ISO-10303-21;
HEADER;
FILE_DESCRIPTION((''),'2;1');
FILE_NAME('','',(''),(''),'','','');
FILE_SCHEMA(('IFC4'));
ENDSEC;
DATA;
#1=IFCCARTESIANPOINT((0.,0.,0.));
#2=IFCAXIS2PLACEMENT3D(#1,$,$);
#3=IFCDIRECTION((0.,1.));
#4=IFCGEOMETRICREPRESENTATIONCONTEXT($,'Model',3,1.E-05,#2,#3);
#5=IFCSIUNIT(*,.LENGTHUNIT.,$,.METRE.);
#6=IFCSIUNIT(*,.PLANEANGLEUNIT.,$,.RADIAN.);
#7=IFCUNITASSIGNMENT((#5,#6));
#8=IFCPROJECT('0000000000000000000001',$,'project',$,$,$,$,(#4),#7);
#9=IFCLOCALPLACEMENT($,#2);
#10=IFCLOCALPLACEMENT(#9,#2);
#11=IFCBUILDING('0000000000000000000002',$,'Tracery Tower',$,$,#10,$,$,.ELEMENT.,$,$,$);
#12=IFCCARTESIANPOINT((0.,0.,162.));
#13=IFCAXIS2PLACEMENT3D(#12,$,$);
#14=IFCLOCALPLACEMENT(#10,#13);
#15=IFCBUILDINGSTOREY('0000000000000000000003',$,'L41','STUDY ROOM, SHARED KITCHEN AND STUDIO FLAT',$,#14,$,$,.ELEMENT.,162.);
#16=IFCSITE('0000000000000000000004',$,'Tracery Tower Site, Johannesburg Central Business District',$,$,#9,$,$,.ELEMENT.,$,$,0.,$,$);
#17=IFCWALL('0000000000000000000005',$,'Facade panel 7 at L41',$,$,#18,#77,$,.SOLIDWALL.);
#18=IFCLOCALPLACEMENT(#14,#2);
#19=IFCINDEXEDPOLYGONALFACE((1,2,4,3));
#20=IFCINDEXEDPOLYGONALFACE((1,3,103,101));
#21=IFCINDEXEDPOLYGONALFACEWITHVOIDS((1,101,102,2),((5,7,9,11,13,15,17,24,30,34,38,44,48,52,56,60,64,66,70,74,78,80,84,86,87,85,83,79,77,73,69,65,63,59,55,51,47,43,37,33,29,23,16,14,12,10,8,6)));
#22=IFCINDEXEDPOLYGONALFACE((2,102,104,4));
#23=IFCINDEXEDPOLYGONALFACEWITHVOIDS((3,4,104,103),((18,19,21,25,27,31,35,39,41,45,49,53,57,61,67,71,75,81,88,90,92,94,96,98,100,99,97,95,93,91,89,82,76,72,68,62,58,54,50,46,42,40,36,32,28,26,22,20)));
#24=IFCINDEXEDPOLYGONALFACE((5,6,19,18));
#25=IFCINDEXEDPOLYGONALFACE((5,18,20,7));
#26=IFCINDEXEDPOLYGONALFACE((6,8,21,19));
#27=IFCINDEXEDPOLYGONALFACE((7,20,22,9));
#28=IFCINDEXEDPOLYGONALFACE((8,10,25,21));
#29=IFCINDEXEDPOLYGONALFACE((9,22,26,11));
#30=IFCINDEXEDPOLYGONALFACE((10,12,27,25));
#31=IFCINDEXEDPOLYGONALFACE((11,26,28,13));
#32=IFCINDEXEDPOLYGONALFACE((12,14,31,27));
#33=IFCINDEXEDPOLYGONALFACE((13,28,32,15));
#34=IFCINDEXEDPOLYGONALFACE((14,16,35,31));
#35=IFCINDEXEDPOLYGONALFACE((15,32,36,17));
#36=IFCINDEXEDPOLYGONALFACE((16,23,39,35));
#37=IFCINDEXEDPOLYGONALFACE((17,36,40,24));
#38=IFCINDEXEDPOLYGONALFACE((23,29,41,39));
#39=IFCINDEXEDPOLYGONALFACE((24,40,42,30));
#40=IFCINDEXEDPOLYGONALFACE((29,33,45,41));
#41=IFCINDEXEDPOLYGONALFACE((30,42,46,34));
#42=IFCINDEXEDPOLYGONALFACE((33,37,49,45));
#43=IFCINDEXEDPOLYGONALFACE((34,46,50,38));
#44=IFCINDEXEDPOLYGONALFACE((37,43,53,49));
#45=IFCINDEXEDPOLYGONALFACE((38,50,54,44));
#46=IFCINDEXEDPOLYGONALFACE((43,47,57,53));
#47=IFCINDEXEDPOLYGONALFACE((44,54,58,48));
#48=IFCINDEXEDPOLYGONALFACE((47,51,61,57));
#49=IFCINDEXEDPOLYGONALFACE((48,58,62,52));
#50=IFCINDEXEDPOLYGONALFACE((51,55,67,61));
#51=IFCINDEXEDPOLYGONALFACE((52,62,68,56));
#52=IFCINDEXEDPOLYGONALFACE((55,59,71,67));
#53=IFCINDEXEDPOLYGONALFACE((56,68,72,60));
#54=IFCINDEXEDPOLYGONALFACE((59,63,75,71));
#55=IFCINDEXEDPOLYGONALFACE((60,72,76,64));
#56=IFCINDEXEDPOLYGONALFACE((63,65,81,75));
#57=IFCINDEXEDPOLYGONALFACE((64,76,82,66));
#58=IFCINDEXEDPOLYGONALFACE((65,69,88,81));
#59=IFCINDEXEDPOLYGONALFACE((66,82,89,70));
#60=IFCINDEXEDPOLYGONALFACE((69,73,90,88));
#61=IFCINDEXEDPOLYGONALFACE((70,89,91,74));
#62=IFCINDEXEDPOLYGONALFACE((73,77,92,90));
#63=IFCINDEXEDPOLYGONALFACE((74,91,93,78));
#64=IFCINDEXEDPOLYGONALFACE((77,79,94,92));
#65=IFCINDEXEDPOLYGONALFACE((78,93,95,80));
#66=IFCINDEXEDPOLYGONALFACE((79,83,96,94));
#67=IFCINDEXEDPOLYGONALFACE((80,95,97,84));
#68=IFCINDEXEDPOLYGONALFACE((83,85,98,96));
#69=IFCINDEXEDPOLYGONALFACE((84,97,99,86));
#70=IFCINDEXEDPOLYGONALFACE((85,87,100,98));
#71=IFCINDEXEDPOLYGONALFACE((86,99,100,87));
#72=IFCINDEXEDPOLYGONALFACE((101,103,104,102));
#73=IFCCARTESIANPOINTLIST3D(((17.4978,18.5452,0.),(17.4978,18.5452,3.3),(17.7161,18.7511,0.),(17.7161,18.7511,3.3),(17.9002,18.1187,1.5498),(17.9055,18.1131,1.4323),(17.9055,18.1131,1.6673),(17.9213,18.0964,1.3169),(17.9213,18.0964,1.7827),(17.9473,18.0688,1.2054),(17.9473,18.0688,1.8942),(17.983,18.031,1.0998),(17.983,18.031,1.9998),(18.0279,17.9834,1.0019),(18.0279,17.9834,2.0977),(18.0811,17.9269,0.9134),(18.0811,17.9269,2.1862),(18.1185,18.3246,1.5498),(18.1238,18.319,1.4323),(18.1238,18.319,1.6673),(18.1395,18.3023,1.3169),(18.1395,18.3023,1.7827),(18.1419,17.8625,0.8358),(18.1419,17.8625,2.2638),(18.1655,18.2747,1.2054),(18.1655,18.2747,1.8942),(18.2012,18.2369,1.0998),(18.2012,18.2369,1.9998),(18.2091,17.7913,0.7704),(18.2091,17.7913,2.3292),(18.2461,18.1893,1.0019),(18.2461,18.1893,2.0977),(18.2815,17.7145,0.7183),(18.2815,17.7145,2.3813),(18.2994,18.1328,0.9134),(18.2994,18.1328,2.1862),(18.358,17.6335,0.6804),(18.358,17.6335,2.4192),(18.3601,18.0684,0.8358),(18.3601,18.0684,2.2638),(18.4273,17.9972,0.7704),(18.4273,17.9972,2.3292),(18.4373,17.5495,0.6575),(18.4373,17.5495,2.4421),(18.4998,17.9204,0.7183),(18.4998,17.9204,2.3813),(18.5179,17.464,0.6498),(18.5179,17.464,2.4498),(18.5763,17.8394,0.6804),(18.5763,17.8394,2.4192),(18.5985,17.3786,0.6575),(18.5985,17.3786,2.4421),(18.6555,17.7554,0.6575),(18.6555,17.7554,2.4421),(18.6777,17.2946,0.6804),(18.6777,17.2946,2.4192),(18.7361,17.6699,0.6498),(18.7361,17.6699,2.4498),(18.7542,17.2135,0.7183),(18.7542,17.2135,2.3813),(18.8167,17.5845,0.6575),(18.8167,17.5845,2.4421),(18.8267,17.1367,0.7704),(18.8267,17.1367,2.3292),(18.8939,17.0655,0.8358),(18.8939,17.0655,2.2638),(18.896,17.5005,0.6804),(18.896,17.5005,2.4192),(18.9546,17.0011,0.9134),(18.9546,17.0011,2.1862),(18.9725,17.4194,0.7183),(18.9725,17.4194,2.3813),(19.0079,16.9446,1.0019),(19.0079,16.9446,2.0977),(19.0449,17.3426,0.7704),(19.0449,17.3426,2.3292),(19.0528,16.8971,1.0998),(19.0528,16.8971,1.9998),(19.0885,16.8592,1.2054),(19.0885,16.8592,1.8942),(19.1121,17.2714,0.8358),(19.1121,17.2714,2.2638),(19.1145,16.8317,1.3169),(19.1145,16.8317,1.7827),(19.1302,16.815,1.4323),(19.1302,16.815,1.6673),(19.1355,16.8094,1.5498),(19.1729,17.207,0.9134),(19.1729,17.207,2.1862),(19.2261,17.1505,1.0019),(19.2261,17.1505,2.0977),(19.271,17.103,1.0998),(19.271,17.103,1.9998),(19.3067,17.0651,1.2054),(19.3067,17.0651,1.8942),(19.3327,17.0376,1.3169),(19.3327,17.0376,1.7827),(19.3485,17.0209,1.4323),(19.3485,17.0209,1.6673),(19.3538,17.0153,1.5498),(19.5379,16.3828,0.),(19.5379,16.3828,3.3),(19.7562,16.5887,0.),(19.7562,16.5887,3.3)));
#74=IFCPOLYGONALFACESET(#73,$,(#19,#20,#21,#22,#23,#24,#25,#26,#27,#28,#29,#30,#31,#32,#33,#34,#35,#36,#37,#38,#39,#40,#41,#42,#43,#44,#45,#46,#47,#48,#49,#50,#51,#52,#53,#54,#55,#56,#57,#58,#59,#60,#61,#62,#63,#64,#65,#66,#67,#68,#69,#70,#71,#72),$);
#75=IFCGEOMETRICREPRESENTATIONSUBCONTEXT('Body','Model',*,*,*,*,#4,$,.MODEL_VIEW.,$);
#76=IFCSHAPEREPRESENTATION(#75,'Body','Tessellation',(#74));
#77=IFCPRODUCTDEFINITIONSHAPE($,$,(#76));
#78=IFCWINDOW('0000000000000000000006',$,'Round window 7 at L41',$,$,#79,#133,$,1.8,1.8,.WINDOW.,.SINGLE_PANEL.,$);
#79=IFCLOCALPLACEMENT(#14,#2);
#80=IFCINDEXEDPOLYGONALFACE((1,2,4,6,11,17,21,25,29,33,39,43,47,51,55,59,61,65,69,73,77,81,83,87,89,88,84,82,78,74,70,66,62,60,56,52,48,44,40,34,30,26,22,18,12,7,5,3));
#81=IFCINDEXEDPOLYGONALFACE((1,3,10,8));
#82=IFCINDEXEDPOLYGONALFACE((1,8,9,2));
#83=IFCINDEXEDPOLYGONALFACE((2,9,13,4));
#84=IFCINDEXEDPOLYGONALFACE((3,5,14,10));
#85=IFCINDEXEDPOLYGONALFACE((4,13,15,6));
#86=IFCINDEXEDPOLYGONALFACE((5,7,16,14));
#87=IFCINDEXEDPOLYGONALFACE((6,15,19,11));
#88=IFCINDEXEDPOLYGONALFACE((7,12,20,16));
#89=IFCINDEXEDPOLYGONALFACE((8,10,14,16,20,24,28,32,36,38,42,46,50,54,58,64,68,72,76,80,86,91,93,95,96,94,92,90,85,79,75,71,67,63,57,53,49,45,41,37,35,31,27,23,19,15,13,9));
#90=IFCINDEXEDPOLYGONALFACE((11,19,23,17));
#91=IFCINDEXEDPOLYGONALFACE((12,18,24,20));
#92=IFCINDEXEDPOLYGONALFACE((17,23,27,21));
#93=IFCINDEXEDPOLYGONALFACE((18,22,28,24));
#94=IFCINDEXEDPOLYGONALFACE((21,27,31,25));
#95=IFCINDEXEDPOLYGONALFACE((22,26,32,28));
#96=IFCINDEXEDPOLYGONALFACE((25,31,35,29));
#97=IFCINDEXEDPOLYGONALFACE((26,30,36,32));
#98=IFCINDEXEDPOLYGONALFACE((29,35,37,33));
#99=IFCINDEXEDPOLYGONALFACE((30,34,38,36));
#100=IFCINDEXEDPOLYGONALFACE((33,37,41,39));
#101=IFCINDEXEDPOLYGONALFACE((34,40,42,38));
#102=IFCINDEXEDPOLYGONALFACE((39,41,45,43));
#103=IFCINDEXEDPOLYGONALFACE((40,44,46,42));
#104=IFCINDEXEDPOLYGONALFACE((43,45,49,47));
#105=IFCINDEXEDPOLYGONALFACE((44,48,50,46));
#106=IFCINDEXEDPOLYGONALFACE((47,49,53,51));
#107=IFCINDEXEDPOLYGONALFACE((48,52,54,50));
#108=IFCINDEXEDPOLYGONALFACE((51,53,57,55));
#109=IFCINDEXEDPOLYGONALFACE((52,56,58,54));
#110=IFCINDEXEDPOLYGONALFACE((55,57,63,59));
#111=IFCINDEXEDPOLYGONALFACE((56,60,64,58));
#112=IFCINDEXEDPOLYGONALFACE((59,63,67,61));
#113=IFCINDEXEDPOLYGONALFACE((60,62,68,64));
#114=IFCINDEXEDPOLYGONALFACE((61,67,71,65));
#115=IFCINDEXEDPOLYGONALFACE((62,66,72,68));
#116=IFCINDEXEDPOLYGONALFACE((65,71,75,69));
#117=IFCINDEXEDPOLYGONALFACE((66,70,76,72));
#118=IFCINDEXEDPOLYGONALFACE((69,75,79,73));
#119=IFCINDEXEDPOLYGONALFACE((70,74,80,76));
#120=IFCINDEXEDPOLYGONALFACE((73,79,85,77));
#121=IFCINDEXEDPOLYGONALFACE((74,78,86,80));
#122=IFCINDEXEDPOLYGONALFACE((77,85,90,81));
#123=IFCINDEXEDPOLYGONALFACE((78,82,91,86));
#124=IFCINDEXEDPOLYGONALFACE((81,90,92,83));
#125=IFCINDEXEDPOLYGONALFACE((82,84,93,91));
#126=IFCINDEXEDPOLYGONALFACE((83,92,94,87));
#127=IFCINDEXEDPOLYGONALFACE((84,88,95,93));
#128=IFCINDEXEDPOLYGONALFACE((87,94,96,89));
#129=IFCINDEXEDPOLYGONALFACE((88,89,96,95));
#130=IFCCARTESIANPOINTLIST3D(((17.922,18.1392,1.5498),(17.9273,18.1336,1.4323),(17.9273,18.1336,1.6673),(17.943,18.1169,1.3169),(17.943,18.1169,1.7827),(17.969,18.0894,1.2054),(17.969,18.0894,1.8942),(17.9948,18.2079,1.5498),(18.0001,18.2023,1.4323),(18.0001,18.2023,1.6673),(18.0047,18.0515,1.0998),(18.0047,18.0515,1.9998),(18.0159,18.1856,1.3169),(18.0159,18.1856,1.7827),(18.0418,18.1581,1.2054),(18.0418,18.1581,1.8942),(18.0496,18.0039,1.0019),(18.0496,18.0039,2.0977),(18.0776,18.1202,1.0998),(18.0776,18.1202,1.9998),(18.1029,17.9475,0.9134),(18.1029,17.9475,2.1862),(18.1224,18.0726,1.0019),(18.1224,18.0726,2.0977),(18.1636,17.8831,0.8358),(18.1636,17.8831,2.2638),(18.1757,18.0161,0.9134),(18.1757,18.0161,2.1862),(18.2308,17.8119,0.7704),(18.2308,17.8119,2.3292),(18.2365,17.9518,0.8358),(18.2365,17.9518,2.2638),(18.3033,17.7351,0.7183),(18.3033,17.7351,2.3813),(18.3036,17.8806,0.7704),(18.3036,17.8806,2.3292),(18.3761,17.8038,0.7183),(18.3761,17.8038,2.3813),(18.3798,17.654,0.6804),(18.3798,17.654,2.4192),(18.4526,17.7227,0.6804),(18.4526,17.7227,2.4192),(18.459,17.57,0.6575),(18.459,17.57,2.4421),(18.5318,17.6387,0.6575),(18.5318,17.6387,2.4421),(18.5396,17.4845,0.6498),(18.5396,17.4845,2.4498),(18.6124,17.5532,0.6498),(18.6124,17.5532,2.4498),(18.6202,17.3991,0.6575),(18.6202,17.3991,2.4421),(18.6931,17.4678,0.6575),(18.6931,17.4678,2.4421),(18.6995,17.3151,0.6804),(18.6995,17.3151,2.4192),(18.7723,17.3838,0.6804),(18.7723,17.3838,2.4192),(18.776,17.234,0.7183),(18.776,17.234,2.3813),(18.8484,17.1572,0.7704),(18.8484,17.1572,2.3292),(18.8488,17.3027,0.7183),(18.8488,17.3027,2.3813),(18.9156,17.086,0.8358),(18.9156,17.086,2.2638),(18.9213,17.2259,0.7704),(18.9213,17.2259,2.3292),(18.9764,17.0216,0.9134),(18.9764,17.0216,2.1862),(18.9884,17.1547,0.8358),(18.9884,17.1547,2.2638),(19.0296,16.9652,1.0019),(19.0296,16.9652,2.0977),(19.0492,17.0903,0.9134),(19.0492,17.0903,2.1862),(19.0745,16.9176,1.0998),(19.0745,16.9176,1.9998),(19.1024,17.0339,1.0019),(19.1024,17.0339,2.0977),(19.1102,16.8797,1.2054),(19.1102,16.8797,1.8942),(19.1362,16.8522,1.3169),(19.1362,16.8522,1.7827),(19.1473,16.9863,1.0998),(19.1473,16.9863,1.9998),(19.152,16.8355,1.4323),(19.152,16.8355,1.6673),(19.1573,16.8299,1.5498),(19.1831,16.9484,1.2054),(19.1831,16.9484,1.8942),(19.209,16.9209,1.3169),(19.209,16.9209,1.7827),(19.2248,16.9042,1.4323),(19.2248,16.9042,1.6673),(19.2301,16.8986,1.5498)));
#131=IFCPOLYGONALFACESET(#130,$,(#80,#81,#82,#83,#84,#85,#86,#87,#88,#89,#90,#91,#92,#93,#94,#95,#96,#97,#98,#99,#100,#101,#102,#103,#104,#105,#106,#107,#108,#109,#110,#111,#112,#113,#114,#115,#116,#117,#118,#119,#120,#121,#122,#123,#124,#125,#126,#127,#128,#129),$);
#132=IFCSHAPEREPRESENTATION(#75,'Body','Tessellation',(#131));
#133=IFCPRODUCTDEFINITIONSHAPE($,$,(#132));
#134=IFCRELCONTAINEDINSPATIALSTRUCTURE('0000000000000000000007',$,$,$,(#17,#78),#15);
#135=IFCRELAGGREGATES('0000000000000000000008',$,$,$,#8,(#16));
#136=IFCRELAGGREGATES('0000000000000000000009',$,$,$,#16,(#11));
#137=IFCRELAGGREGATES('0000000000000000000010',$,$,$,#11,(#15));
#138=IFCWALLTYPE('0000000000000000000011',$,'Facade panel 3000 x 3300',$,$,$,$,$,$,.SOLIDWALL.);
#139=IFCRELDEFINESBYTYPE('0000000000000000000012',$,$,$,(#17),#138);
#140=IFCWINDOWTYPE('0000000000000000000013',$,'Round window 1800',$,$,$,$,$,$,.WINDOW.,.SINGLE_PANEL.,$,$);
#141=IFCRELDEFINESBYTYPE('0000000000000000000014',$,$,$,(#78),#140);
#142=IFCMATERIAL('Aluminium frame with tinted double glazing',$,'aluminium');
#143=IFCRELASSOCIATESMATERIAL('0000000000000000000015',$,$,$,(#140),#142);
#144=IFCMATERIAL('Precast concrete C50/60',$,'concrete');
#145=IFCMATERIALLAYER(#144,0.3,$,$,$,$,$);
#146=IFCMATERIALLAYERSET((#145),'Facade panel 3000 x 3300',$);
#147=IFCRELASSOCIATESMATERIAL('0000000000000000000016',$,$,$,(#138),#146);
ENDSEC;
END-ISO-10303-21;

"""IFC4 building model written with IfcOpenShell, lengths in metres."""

from ifc_helpers import new_model, si_unit, direction, frame, frame_2d, origin, origin_2d, place, context, subcontext, project, spatial, rectangle, circle, extrude, material, layer, layer_set, type_object, element, fill, save


model = new_model("IFC4")

# Units and contexts
model_context = context("Model", 3, precision=1e-05, world=origin(), true_north=direction((0.0, 1.0)))
body_context = subcontext(model_context, "Body", "Model", "MODEL_VIEW")
ifc_project = project(units=[si_unit("LENGTHUNIT", "METRE"), si_unit("PLANEANGLEUNIT", "RADIAN")], contexts=[model_context])

# Site, building, storey
site_placement = place(None, origin())
site = spatial("IfcSite", under=ifc_project, at=site_placement, Name="Tracery Tower Site, Johannesburg Central Business District", CompositionType="ELEMENT", RefElevation=0.0)
building_placement = place(site_placement, origin())
building = spatial("IfcBuilding", under=site, at=building_placement, Name="Tracery Tower", CompositionType="ELEMENT")
storey_placement = place(building_placement, frame((0.0, 0.0, 162.0)))
storey = spatial("IfcBuildingStorey", under=building, at=storey_placement, Name="L41", Description="STUDY ROOM, SHARED KITCHEN AND STUDIO FLAT", CompositionType="ELEMENT", Elevation=162.0)

# Wall, opening, window
ifc_material_1 = material(Name="Aluminium frame with tinted double glazing", Category="aluminium")
window_type = type_object("IfcWindowType", Name="Round window 1800", PartitioningType="SINGLE_PANEL", PredefinedType="WINDOW", material=ifc_material_1)
ifc_material_2 = material(Name="Precast concrete C50/60", Category="concrete")
ifc_layer_1 = layer(ifc_material_2, 0.3)
ifc_layer_set_1 = layer_set([ifc_layer_1], Name="Facade panel 3000 x 3300")
wall_type_1 = type_object("IfcWallType", Name="Facade panel 3000 x 3300", PredefinedType="SOLIDWALL", material=ifc_layer_set_1)
wall_1_placement = place(storey_placement, frame((19.647, 16.4858, 0.0), z_axis=(0.0, 0.0, 1.0), x_axis=(-0.686235, 0.72738, 0.0)))
wall_1 = element("IfcWall", 1, at=wall_1_placement, inside=storey, type_object=wall_type_1, Name="Facade panel 7 at L41", PredefinedType="SOLIDWALL", context=body_context, shape_type="SweptSolid", body=[
    extrude(rectangle(XDim=2.9729, YDim=0.3, at=frame_2d((1.4863, 0.0))), origin(), (0.0, 0.0, 1.0), 3.3),
])
opening_1_placement = place(wall_1_placement, frame((1.4863, 0.0, 1.5498)))
opening_1 = element("IfcOpeningElement", 2, at=opening_1_placement, cuts=wall_1, PredefinedType="OPENING", context=body_context, shape_type="SweptSolid", body=[
    extrude(circle(Radius=0.9, at=origin_2d()), frame((0.0, 0.1599, 0.0), z_axis=(0.0, -1.0, 0.0), x_axis=(1.0, 0.0, 0.0)), (0.0, 0.0, 1.0), 0.3201),
])
window_1_placement = place(opening_1_placement, origin())
window_1 = element("IfcWindow", 3, at=window_1_placement, inside=storey, type_object=window_type, Name="Round window 7 at L41", OverallHeight=1.8, OverallWidth=1.8, PartitioningType="SINGLE_PANEL", PredefinedType="WINDOW", context=body_context, shape_type="SweptSolid", body=[
    extrude(circle(Radius=0.9, at=origin_2d()), frame((0.0, 0.1201, 0.0), z_axis=(0.0, -1.0, 0.0), x_axis=(1.0, 0.0, 0.0)), (0.0, 0.0, 1.0), 0.1001),
])
fill(opening_1, window_1)

save(model, "model.ifc")
